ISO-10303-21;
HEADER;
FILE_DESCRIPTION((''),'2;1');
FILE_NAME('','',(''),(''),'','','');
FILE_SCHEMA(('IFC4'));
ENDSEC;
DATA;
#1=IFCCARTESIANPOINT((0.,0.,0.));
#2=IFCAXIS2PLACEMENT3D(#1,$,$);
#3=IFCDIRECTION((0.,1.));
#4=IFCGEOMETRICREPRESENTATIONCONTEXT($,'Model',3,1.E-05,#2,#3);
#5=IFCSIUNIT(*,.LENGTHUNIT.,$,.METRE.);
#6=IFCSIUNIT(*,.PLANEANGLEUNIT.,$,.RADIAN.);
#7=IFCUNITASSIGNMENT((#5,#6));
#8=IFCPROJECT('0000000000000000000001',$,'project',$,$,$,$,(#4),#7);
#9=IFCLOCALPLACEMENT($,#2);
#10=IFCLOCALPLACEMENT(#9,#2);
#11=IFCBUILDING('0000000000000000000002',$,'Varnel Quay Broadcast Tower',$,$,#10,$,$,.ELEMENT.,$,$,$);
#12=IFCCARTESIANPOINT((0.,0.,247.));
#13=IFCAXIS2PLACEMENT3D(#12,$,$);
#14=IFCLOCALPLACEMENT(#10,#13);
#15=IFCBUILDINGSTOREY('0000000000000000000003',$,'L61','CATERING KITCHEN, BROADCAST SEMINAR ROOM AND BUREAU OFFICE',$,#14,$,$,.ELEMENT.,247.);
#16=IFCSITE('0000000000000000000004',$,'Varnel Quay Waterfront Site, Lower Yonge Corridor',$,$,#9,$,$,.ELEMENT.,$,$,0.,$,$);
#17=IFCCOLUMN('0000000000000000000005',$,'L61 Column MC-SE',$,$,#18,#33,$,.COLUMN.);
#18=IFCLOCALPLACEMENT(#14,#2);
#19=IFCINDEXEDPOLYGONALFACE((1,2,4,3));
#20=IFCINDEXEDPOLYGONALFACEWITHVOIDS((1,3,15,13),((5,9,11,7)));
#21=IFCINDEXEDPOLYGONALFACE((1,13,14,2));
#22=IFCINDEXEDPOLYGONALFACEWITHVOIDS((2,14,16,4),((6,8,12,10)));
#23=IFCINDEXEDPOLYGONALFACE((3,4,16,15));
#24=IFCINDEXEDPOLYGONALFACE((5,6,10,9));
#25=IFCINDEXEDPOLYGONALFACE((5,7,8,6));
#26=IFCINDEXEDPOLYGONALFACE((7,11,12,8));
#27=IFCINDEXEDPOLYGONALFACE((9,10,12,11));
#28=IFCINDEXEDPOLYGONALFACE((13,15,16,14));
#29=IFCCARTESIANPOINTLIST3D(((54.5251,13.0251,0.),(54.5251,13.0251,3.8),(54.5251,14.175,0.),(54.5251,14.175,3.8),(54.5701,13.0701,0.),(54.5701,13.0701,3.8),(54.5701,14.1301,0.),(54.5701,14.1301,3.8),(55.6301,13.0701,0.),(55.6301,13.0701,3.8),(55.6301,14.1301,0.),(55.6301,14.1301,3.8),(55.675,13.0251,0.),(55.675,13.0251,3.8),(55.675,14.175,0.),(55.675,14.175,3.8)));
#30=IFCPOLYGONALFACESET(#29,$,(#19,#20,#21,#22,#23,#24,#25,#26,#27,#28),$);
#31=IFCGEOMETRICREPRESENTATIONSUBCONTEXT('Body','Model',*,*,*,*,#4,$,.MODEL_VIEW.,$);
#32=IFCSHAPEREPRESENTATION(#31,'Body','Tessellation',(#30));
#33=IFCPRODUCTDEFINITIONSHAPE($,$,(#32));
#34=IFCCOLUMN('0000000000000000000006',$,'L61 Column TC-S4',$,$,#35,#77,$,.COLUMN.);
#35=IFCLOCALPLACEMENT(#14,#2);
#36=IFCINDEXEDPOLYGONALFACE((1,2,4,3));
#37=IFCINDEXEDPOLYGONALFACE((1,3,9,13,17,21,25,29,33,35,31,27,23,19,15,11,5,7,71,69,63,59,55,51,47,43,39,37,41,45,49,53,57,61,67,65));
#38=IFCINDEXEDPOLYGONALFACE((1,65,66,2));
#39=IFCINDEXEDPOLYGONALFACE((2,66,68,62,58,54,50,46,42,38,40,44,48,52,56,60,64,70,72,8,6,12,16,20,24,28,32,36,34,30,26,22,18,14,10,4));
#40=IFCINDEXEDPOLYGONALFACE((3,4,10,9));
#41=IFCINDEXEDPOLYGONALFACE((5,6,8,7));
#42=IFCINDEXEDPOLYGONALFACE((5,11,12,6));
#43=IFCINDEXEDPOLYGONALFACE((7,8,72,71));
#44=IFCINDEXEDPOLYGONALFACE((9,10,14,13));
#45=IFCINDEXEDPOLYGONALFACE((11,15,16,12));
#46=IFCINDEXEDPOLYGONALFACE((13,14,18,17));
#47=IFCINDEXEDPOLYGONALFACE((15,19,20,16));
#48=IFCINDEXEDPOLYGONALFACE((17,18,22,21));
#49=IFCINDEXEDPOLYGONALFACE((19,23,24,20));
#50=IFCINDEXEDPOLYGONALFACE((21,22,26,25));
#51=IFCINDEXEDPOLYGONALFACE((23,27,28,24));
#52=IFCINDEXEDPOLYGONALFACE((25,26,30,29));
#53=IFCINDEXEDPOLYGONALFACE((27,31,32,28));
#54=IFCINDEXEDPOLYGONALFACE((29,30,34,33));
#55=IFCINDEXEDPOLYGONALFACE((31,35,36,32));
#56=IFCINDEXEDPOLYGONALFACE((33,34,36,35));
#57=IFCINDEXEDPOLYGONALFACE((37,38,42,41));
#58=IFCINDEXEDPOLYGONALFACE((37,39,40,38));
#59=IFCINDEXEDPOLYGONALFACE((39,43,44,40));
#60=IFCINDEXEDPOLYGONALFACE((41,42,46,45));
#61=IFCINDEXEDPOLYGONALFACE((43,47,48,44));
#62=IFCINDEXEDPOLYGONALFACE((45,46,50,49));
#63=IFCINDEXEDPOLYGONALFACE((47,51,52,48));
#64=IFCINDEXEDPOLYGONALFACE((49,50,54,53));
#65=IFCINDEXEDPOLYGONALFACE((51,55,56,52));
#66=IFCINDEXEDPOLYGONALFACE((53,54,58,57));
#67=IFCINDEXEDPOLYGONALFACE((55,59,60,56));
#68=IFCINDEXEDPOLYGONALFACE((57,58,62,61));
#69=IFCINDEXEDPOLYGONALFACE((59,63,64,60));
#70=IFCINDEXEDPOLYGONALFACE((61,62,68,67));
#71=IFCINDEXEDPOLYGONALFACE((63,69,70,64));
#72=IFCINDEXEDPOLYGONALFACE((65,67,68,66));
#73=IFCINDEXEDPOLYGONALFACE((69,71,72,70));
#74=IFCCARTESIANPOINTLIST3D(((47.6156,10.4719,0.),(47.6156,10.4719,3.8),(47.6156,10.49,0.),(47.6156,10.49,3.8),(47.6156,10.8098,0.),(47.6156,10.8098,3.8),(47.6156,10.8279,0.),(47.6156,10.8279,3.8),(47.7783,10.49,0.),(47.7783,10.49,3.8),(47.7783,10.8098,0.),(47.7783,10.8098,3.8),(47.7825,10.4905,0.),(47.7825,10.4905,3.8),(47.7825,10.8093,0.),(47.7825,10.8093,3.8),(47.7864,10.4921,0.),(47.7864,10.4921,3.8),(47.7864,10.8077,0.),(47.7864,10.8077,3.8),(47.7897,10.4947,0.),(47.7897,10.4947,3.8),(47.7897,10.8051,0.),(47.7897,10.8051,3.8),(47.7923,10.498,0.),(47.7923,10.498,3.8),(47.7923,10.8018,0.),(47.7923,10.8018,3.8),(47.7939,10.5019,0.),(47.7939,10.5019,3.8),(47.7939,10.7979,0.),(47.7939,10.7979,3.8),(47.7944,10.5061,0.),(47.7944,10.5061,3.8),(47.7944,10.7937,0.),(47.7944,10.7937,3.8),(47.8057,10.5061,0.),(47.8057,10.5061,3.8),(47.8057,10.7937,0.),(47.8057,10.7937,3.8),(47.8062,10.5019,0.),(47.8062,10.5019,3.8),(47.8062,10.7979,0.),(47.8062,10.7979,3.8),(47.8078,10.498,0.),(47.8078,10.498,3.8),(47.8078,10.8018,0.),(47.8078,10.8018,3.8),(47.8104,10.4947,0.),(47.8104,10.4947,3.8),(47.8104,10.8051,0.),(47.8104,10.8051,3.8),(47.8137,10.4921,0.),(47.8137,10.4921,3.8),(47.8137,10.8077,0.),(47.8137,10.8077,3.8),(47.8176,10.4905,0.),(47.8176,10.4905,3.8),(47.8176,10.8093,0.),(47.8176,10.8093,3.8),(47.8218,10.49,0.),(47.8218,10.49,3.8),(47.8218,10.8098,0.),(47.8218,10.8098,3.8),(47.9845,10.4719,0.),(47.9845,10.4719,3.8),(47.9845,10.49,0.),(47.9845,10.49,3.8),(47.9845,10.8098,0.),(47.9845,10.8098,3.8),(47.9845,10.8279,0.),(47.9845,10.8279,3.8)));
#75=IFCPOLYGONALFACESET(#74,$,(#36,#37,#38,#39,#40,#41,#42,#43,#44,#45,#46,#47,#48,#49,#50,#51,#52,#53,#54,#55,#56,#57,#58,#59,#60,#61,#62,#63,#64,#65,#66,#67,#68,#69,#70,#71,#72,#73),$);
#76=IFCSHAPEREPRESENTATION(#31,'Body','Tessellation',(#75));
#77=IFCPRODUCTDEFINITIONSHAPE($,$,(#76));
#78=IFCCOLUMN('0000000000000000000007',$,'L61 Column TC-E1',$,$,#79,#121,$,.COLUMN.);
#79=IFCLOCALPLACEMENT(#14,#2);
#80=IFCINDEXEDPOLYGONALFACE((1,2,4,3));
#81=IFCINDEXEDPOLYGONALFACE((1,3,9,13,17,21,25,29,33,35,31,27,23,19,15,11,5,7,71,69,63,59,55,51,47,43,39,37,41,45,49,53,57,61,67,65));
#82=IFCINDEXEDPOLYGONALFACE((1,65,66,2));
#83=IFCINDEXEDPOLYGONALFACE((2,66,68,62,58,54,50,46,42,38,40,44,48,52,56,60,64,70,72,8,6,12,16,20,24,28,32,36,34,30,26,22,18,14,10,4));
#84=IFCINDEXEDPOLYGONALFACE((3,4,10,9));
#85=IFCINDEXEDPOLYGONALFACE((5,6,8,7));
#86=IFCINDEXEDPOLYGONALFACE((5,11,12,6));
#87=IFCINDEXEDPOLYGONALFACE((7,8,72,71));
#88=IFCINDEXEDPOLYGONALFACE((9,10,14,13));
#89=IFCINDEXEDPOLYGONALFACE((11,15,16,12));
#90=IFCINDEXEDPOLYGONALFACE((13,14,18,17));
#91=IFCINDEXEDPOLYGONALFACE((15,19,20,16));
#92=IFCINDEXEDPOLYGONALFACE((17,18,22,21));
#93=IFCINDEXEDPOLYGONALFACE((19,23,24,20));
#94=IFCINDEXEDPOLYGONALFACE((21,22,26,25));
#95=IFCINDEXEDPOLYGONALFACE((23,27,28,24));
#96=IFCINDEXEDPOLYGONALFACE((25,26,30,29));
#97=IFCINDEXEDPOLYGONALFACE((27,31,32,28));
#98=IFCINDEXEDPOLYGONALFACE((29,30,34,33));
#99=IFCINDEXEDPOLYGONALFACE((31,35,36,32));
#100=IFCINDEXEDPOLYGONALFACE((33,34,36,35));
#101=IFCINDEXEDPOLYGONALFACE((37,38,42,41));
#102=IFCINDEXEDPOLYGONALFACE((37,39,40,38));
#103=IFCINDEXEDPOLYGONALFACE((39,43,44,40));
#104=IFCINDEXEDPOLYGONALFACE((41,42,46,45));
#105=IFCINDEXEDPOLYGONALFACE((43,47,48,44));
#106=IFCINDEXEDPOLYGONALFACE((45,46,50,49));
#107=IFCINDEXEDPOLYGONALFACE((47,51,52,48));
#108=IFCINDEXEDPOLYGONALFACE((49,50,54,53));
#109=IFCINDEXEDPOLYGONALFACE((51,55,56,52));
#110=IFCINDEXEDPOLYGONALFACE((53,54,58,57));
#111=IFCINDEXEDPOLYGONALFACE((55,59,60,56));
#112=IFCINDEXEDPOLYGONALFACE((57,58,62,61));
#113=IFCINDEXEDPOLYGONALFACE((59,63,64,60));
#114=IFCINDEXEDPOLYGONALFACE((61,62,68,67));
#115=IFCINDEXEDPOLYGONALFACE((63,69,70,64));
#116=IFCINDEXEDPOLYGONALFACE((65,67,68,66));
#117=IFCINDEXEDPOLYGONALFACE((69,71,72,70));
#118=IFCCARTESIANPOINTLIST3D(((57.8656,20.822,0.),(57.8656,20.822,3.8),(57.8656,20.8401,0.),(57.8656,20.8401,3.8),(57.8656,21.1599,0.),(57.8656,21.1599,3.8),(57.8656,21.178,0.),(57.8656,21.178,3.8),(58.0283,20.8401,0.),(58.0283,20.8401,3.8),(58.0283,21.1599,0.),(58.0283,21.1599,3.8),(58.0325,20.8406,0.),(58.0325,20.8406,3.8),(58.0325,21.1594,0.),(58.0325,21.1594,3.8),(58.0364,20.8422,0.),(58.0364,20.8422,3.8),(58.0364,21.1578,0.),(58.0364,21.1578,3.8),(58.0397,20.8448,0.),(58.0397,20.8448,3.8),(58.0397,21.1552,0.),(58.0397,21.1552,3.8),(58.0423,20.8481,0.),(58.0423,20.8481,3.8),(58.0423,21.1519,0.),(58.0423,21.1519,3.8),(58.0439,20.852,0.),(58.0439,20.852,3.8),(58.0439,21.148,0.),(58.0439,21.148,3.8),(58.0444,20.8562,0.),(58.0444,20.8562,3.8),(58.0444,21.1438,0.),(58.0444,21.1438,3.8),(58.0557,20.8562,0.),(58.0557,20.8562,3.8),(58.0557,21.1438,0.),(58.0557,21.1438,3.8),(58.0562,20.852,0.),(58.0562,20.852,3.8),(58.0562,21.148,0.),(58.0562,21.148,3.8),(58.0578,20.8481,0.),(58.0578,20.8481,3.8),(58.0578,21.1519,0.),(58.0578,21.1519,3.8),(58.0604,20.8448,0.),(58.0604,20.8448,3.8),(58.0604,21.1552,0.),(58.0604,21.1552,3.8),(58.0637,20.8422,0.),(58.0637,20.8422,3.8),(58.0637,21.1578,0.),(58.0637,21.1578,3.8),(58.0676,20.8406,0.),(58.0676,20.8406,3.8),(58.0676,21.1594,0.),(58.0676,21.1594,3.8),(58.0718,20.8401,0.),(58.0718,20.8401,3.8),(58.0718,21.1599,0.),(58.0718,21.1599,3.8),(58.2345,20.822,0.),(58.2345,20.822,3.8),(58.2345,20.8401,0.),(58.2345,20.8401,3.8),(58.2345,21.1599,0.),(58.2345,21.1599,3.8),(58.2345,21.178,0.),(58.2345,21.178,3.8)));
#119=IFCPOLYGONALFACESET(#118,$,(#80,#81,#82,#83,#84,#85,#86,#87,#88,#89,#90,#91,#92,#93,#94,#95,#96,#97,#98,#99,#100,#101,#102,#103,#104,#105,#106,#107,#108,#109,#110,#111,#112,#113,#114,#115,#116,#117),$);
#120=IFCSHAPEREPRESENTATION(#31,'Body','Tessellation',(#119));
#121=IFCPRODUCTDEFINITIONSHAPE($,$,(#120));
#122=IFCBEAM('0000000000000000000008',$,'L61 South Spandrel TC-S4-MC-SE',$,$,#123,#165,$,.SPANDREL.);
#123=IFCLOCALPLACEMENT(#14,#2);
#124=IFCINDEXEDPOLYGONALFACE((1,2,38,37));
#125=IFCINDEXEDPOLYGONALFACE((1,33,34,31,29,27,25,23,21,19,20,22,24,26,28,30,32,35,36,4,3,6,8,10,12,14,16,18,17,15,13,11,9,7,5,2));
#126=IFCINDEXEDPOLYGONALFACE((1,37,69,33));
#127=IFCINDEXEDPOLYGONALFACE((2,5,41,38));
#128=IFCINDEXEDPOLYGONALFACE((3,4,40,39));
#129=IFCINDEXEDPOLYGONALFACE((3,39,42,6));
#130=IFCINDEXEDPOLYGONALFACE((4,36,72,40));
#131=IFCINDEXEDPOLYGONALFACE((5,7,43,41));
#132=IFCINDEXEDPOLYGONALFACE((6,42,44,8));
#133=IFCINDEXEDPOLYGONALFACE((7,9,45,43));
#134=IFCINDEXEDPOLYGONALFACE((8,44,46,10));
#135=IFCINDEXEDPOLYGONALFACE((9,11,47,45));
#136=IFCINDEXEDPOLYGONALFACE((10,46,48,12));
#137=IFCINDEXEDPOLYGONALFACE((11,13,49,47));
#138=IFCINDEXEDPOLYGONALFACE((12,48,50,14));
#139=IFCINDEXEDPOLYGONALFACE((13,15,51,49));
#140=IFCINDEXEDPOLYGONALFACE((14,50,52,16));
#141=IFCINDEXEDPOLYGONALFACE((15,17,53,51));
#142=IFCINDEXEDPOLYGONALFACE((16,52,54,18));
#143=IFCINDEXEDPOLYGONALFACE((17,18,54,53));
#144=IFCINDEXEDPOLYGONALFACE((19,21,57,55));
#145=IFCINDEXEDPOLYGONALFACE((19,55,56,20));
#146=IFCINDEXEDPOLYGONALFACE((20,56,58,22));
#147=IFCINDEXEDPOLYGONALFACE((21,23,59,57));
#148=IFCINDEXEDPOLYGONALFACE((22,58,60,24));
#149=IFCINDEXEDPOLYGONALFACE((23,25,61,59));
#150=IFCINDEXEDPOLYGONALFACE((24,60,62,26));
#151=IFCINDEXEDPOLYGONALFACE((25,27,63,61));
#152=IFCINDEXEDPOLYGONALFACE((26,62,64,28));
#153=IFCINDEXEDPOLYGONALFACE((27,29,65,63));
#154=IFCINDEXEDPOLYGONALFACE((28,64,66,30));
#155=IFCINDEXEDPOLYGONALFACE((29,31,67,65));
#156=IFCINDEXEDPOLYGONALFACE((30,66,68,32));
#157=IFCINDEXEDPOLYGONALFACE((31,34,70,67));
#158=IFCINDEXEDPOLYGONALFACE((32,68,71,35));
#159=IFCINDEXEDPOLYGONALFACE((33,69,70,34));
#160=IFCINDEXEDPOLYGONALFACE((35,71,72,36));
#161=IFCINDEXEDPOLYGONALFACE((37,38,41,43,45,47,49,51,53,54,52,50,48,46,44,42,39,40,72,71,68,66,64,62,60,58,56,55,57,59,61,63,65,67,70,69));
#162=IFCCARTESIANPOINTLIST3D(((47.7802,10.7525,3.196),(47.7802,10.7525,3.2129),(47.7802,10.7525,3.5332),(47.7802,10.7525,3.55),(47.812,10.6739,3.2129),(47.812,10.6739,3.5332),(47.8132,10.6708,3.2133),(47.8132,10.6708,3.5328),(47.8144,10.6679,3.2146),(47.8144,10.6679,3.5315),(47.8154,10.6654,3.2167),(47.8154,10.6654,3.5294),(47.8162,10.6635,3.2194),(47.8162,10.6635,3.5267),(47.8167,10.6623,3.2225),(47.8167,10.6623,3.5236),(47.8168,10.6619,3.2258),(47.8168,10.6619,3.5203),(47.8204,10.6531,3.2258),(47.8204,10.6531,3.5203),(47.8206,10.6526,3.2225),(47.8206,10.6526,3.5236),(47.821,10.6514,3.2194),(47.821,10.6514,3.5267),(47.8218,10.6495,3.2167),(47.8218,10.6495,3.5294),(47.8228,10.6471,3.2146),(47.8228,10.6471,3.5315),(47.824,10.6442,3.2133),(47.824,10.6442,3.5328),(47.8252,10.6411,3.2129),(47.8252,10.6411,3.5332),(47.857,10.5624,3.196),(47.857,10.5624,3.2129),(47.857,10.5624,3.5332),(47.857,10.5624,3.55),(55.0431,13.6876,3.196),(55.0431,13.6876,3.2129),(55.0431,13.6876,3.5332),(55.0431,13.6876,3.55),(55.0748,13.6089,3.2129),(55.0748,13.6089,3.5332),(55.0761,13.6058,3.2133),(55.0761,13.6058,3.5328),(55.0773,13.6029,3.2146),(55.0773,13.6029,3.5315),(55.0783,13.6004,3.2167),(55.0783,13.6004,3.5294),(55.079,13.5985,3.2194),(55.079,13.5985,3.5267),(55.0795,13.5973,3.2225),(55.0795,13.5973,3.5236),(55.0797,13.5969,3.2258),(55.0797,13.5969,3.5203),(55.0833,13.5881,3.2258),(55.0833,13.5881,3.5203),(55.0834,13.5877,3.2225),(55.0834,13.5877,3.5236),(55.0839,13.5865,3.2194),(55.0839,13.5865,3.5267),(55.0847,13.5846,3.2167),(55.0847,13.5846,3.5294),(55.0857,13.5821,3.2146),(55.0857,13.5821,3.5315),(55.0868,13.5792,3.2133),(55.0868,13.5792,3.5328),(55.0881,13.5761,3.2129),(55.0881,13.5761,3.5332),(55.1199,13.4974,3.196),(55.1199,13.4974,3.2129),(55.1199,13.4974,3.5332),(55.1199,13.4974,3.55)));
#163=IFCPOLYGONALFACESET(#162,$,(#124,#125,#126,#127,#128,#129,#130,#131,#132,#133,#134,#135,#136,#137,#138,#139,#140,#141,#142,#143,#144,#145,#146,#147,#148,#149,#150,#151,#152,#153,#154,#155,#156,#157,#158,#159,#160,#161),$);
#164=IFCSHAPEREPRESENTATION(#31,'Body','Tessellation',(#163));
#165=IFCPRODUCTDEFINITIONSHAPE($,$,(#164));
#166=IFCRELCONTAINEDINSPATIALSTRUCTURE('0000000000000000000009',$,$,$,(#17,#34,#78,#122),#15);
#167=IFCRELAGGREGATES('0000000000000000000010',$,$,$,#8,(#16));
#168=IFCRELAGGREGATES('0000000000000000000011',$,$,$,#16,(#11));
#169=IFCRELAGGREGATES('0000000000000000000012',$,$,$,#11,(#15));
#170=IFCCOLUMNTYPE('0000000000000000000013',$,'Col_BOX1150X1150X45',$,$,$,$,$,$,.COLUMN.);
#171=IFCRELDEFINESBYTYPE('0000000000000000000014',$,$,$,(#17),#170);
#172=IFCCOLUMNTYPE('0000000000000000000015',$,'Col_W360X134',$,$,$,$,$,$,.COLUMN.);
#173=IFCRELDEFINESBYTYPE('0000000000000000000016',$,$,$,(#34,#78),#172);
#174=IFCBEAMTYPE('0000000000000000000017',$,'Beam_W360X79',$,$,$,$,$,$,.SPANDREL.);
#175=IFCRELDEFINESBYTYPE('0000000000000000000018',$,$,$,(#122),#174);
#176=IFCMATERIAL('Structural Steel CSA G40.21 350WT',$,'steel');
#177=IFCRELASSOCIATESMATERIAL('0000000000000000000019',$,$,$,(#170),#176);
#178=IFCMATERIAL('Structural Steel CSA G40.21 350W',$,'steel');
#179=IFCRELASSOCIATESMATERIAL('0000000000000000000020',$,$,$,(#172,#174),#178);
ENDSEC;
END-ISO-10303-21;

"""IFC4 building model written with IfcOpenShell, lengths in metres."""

from ifc_helpers import new_model, si_unit, direction, frame, origin, origin_2d, place, context, subcontext, project, spatial, hollow_rectangle, i_section, extrude, source, transform, mapped, material, material_profile, profile_set, type_object, type_shapes, element, save


model = new_model("IFC4")

# Units and contexts
model_context = context("Model", 3, precision=1e-05, world=origin(), true_north=direction((0.0, 1.0)))
body_context = subcontext(model_context, "Body", "Model", "MODEL_VIEW")
ifc_project = project(units=[si_unit("LENGTHUNIT", "METRE"), si_unit("PLANEANGLEUNIT", "RADIAN")], contexts=[model_context])

# Site, building, storey
site_placement = place(None, origin())
site = spatial("IfcSite", under=ifc_project, at=site_placement, Name="Varnel Quay Waterfront Site, Lower Yonge Corridor", CompositionType="ELEMENT", RefElevation=0.0)
building_placement = place(site_placement, origin())
building = spatial("IfcBuilding", under=site, at=building_placement, Name="Varnel Quay Broadcast Tower", CompositionType="ELEMENT")
storey_placement = place(building_placement, frame((0.0, 0.0, 247.0)))
storey = spatial("IfcBuildingStorey", under=building, at=storey_placement, Name="L61", Description="CATERING KITCHEN, BROADCAST SEMINAR ROOM AND BUREAU OFFICE", CompositionType="ELEMENT", Elevation=247.0)

# Columns
ifc_material_1 = material(Name="Structural Steel CSA G40.21 350WT", Category="steel")
ifc_material_profile_1 = material_profile(ifc_material_1, hollow_rectangle(XDim=1.1499, YDim=1.1499, WallThickness=0.0449, at=origin_2d()), Name="BOX1150X1150X45")
ifc_profile_set_1 = profile_set([ifc_material_profile_1], Name="Structural Steel CSA G40.21 350WT")
column_type_1 = type_object("IfcColumnType", Name="Col_BOX1150X1150X45", PredefinedType="COLUMN", material=ifc_profile_set_1)
shared_shape_1 = source(origin(), body_context, "Body", "SweptSolid", [
    extrude(hollow_rectangle(XDim=1.1499, YDim=1.1499, WallThickness=0.0449, at=origin_2d()), origin(), (0.0, 0.0, 1.0), 3.8),
])
type_shapes(column_type_1, [shared_shape_1])
column_placement = place(storey_placement, frame((55.1001, 13.6001, 0.0), z_axis=(0.0, 0.0, 1.0), x_axis=(1.0, 0.0, 0.0)))
element("IfcColumn", 1, at=column_placement, inside=storey, type_object=column_type_1, Name="L61 Column MC-SE", PredefinedType="COLUMN", context=body_context, shape_type="MappedRepresentation", body=[
    mapped(shared_shape_1, transform((0.0, 0.0, 0.0), x_axis=(1.0, 0.0, 0.0), y_axis=(0.0, 1.0, 0.0), z_axis=(0.0, 0.0, 1.0), scale=1.0)),
])
ifc_material_2 = material(Name="Structural Steel CSA G40.21 350W", Category="steel")
ifc_material_profile_2 = material_profile(ifc_material_2, i_section(OverallWidth=0.3689, OverallDepth=0.356, WebThickness=0.0112, FlangeThickness=0.0181, FilletRadius=0.0161, at=origin_2d()), Name="W360X134")
ifc_profile_set_2 = profile_set([ifc_material_profile_2], Name="Structural Steel CSA G40.21 350W")
column_type_2 = type_object("IfcColumnType", Name="Col_W360X134", PredefinedType="COLUMN", material=ifc_profile_set_2)
shared_shape_2 = source(origin(), body_context, "Body", "SweptSolid", [
    extrude(i_section(OverallWidth=0.3689, OverallDepth=0.356, WebThickness=0.0112, FlangeThickness=0.0181, FilletRadius=0.0161, at=origin_2d()), origin(), (0.0, 0.0, 1.0), 3.8),
])
type_shapes(column_type_2, [shared_shape_2])
for number, where, z_axis, x_axis, name in (
    (2, (47.8, 10.6499, 0.0), (0.0, 0.0, 1.0), (1.0, 0.0, 0.0), "L61 Column TC-S4"),
    (3, (58.05, 21.0, 0.0), (0.0, 0.0, 1.0), (1.0, 0.0, 0.0), "L61 Column TC-E1"),
):
    element("IfcColumn", number, at=place(storey_placement, frame(where, z_axis=z_axis, x_axis=x_axis)), inside=storey, type_object=column_type_2, Name=name, PredefinedType="COLUMN", context=body_context, shape_type="MappedRepresentation", body=[
        mapped(shared_shape_2, transform((0.0, 0.0, 0.0), x_axis=(1.0, 0.0, 0.0), y_axis=(0.0, 1.0, 0.0), z_axis=(0.0, 0.0, 1.0), scale=1.0)),
    ])

# Beam
ifc_material_profile_3 = material_profile(ifc_material_2, i_section(OverallWidth=0.2051, OverallDepth=0.354, WebThickness=0.0095, FlangeThickness=0.0168, FilletRadius=0.0129, at=origin_2d()), Name="W360X79")
ifc_profile_set_3 = profile_set([ifc_material_profile_3], Name="Structural Steel CSA G40.21 350W")
beam_type_1 = type_object("IfcBeamType", Name="Beam_W360X79", PredefinedType="SPANDREL", material=ifc_profile_set_3)
shared_shape_3 = source(origin(), body_context, "Body", "SweptSolid", [
    extrude(i_section(OverallWidth=0.2051, OverallDepth=0.354, WebThickness=0.0095, FlangeThickness=0.0168, FilletRadius=0.0129, at=origin_2d()), origin(), (0.0, 0.0, 1.0), 7.8335),
])
beam_1_placement = place(storey_placement, frame((47.8186, 10.6575, 3.373), z_axis=(0.927155, 0.374677, 0.0), x_axis=(-0.374677, 0.927155, 0.0)))
element("IfcBeam", 4, at=beam_1_placement, inside=storey, type_object=beam_type_1, Name="L61 South Spandrel TC-S4-MC-SE", PredefinedType="SPANDREL", context=body_context, shape_type="MappedRepresentation", body=[
    mapped(shared_shape_3, transform((0.0, 0.0, 0.0), x_axis=(1.0, 0.0, 0.0), y_axis=(0.0, 1.0, 0.0), z_axis=(0.0, 0.0, 1.0), scale=1.0)),
])

save(model, "model.ifc")
